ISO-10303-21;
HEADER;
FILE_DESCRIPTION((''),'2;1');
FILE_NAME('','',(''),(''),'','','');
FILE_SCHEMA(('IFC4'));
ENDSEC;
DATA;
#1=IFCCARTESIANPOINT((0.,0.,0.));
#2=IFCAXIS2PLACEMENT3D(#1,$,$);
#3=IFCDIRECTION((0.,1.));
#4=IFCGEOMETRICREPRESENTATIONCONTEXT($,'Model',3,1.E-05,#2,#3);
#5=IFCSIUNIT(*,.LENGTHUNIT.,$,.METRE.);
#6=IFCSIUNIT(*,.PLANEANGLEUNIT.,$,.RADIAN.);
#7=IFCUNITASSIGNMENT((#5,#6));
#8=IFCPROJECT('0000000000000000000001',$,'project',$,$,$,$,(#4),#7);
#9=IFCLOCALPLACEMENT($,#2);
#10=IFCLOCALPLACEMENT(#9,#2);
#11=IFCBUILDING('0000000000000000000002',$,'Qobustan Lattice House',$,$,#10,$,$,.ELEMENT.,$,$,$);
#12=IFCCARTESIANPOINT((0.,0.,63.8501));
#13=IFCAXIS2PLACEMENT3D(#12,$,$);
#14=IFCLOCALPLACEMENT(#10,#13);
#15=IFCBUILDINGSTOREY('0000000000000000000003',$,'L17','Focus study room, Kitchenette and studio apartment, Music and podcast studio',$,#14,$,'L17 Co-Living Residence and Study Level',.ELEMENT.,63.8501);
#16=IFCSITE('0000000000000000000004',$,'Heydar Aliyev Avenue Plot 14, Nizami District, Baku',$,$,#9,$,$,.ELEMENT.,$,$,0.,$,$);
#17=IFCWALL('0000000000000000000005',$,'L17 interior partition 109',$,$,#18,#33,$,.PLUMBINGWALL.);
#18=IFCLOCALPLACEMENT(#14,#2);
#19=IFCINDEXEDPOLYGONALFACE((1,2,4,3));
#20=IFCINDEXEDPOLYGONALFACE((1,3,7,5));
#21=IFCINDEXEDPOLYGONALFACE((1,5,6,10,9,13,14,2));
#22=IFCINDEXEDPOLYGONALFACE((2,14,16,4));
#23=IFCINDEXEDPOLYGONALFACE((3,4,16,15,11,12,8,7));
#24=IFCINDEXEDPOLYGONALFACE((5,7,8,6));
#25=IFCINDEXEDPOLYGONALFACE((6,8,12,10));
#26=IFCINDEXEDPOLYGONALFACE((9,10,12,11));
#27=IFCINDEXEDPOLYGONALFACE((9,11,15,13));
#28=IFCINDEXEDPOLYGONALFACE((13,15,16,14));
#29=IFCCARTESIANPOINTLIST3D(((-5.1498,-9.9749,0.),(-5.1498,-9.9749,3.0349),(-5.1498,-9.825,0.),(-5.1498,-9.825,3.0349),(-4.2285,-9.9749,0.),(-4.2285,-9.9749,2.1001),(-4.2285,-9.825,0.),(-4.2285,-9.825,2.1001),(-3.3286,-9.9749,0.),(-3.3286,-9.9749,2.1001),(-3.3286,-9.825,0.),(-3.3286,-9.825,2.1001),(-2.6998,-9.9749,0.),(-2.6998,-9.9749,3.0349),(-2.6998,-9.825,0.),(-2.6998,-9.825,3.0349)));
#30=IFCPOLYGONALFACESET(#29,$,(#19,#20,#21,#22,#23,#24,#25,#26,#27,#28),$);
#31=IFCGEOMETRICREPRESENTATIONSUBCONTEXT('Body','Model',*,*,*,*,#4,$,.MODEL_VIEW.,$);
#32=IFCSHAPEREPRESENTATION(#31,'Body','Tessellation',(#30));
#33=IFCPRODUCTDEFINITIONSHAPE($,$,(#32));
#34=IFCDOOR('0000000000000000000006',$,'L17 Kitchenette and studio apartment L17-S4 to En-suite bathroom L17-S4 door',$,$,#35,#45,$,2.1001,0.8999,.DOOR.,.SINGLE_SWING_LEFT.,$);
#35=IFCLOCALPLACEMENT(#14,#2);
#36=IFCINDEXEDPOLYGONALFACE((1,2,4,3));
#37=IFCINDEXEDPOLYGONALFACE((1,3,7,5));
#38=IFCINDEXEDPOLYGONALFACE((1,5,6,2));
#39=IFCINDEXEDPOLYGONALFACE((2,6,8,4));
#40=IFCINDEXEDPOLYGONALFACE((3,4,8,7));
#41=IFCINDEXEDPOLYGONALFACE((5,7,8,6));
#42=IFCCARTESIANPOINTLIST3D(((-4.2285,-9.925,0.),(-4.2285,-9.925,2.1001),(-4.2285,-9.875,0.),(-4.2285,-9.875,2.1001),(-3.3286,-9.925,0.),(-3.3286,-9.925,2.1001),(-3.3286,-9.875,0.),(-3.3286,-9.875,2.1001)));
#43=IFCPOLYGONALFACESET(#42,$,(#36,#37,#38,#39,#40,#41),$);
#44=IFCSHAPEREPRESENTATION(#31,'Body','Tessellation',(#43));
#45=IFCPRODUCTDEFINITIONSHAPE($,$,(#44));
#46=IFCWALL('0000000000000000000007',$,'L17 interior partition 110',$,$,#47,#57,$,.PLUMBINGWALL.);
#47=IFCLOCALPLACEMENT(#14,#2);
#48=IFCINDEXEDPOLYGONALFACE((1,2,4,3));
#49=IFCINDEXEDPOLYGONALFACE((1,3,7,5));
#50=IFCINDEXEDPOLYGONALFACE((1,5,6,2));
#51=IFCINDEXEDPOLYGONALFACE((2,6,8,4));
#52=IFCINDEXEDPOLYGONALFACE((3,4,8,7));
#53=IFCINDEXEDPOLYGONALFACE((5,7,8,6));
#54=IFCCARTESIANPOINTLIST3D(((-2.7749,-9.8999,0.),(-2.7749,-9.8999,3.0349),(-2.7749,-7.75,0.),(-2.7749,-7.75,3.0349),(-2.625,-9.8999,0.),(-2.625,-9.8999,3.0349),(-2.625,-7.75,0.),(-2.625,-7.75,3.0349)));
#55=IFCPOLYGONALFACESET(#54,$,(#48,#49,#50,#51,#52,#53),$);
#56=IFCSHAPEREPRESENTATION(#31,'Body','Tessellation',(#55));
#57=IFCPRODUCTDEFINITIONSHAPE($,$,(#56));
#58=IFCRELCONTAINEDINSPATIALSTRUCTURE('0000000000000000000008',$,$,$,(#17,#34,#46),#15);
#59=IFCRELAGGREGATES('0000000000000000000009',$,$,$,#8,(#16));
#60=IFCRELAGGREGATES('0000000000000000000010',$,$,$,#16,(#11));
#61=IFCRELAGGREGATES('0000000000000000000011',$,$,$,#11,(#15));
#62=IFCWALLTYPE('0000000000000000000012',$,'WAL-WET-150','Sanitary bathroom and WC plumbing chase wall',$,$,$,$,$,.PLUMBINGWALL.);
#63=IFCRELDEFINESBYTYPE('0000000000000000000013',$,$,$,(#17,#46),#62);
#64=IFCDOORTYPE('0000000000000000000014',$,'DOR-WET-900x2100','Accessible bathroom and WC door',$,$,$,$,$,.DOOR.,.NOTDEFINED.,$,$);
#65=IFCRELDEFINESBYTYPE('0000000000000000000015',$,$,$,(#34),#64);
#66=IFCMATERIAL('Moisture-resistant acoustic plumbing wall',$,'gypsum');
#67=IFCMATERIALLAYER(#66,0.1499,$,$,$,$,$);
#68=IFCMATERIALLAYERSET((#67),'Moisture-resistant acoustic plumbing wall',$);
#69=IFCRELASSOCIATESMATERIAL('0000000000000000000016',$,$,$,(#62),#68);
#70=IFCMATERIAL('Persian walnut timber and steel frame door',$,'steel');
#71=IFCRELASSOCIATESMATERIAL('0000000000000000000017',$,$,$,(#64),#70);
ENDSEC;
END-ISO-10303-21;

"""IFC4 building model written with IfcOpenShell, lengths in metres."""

from ifc_helpers import new_model, si_unit, direction, frame, frame_2d, origin, place, context, subcontext, project, spatial, rectangle, extrude, material, layer, layer_set, type_object, element, fill, save


model = new_model("IFC4")

# Units and contexts
model_context = context("Model", 3, precision=1e-05, world=origin(), true_north=direction((0.0, 1.0)))
body_context = subcontext(model_context, "Body", "Model", "MODEL_VIEW")
ifc_project = project(units=[si_unit("LENGTHUNIT", "METRE"), si_unit("PLANEANGLEUNIT", "RADIAN")], contexts=[model_context])

# Site, building, storey
site_placement = place(None, origin())
site = spatial("IfcSite", under=ifc_project, at=site_placement, Name="Heydar Aliyev Avenue Plot 14, Nizami District, Baku", CompositionType="ELEMENT", RefElevation=0.0)
building_placement = place(site_placement, origin())
building = spatial("IfcBuilding", under=site, at=building_placement, Name="Qobustan Lattice House", CompositionType="ELEMENT")
storey_placement = place(building_placement, frame((0.0, 0.0, 63.8501)))
storey = spatial("IfcBuildingStorey", under=building, at=storey_placement, Name="L17", Description="Focus study room, Kitchenette and studio apartment, Music and podcast studio", LongName="L17 Co-Living Residence and Study Level", CompositionType="ELEMENT", Elevation=63.8501)

# Shared definitions
ifc_material_1 = material(Name="Moisture-resistant acoustic plumbing wall", Category="gypsum")
ifc_layer_1 = layer(ifc_material_1, 0.1499)
ifc_layer_set_1 = layer_set([ifc_layer_1], Name="Moisture-resistant acoustic plumbing wall")
wall_type_1 = type_object("IfcWallType", Name="WAL-WET-150", Description="Sanitary bathroom and WC plumbing chase wall", PredefinedType="PLUMBINGWALL", material=ifc_layer_set_1)

# Shared definitions
ifc_material_2 = material(Name="Persian walnut timber and steel frame door", Category="steel")
door_type_1 = type_object("IfcDoorType", Name="DOR-WET-900x2100", Description="Accessible bathroom and WC door", OperationType="NOTDEFINED", PredefinedType="DOOR", material=ifc_material_2)

# Wall, opening, door
wall_1_placement = place(storey_placement, frame((-5.1499, -9.8999, 0.0), z_axis=(0.0, 0.0, 1.0), x_axis=(1.0, 0.0, 0.0)))
wall_1 = element("IfcWall", 1, at=wall_1_placement, inside=storey, type_object=wall_type_1, Name="L17 interior partition 109", PredefinedType="PLUMBINGWALL", context=body_context, shape_type="SweptSolid", body=[
    extrude(rectangle(XDim=2.45, YDim=0.1499, at=frame_2d((1.2251, 0.0))), origin(), (0.0, 0.0, 1.0), 3.0349),
])
opening_1_placement = place(wall_1_placement, frame((0.9214, 0.0, 0.0)))
opening_1 = element("IfcOpeningElement", 2, at=opening_1_placement, cuts=wall_1, PredefinedType="OPENING", context=body_context, shape_type="SweptSolid", body=[
    extrude(rectangle(XDim=0.8999, YDim=2.1001, at=frame_2d((0.45, 1.05))), frame((0.0, 0.085, 0.0), z_axis=(0.0, -1.0, 0.0), x_axis=(1.0, 0.0, 0.0)), (0.0, 0.0, 1.0), 0.1699),
])
door_1_placement = place(opening_1_placement, origin())
door_1 = element("IfcDoor", 3, at=door_1_placement, inside=storey, type_object=door_type_1, Name="L17 Kitchenette and studio apartment L17-S4 to En-suite bathroom L17-S4 door", OperationType="SINGLE_SWING_LEFT", OverallHeight=2.1001, OverallWidth=0.8999, PredefinedType="DOOR", context=body_context, shape_type="SweptSolid", body=[
    extrude(rectangle(XDim=0.8999, YDim=2.1001, at=frame_2d((0.45, 1.05))), frame((0.0, 0.0249, 0.0), z_axis=(0.0, -1.0, 0.0), x_axis=(1.0, 0.0, 0.0)), (0.0, 0.0, 1.0), 0.05),
])
fill(opening_1, door_1)

# Wall
wall_2_placement = place(storey_placement, frame((-2.7, -9.8999, 0.0), z_axis=(0.0, 0.0, 1.0), x_axis=(0.0, 1.0, 0.0)))
element("IfcWall", 4, at=wall_2_placement, inside=storey, type_object=wall_type_1, Name="L17 interior partition 110", PredefinedType="PLUMBINGWALL", context=body_context, shape_type="SweptSolid", body=[
    extrude(rectangle(XDim=2.1499, YDim=0.1499, at=frame_2d((1.075, 0.0))), origin(), (0.0, 0.0, 1.0), 3.0349),
])

save(model, "model.ifc")
